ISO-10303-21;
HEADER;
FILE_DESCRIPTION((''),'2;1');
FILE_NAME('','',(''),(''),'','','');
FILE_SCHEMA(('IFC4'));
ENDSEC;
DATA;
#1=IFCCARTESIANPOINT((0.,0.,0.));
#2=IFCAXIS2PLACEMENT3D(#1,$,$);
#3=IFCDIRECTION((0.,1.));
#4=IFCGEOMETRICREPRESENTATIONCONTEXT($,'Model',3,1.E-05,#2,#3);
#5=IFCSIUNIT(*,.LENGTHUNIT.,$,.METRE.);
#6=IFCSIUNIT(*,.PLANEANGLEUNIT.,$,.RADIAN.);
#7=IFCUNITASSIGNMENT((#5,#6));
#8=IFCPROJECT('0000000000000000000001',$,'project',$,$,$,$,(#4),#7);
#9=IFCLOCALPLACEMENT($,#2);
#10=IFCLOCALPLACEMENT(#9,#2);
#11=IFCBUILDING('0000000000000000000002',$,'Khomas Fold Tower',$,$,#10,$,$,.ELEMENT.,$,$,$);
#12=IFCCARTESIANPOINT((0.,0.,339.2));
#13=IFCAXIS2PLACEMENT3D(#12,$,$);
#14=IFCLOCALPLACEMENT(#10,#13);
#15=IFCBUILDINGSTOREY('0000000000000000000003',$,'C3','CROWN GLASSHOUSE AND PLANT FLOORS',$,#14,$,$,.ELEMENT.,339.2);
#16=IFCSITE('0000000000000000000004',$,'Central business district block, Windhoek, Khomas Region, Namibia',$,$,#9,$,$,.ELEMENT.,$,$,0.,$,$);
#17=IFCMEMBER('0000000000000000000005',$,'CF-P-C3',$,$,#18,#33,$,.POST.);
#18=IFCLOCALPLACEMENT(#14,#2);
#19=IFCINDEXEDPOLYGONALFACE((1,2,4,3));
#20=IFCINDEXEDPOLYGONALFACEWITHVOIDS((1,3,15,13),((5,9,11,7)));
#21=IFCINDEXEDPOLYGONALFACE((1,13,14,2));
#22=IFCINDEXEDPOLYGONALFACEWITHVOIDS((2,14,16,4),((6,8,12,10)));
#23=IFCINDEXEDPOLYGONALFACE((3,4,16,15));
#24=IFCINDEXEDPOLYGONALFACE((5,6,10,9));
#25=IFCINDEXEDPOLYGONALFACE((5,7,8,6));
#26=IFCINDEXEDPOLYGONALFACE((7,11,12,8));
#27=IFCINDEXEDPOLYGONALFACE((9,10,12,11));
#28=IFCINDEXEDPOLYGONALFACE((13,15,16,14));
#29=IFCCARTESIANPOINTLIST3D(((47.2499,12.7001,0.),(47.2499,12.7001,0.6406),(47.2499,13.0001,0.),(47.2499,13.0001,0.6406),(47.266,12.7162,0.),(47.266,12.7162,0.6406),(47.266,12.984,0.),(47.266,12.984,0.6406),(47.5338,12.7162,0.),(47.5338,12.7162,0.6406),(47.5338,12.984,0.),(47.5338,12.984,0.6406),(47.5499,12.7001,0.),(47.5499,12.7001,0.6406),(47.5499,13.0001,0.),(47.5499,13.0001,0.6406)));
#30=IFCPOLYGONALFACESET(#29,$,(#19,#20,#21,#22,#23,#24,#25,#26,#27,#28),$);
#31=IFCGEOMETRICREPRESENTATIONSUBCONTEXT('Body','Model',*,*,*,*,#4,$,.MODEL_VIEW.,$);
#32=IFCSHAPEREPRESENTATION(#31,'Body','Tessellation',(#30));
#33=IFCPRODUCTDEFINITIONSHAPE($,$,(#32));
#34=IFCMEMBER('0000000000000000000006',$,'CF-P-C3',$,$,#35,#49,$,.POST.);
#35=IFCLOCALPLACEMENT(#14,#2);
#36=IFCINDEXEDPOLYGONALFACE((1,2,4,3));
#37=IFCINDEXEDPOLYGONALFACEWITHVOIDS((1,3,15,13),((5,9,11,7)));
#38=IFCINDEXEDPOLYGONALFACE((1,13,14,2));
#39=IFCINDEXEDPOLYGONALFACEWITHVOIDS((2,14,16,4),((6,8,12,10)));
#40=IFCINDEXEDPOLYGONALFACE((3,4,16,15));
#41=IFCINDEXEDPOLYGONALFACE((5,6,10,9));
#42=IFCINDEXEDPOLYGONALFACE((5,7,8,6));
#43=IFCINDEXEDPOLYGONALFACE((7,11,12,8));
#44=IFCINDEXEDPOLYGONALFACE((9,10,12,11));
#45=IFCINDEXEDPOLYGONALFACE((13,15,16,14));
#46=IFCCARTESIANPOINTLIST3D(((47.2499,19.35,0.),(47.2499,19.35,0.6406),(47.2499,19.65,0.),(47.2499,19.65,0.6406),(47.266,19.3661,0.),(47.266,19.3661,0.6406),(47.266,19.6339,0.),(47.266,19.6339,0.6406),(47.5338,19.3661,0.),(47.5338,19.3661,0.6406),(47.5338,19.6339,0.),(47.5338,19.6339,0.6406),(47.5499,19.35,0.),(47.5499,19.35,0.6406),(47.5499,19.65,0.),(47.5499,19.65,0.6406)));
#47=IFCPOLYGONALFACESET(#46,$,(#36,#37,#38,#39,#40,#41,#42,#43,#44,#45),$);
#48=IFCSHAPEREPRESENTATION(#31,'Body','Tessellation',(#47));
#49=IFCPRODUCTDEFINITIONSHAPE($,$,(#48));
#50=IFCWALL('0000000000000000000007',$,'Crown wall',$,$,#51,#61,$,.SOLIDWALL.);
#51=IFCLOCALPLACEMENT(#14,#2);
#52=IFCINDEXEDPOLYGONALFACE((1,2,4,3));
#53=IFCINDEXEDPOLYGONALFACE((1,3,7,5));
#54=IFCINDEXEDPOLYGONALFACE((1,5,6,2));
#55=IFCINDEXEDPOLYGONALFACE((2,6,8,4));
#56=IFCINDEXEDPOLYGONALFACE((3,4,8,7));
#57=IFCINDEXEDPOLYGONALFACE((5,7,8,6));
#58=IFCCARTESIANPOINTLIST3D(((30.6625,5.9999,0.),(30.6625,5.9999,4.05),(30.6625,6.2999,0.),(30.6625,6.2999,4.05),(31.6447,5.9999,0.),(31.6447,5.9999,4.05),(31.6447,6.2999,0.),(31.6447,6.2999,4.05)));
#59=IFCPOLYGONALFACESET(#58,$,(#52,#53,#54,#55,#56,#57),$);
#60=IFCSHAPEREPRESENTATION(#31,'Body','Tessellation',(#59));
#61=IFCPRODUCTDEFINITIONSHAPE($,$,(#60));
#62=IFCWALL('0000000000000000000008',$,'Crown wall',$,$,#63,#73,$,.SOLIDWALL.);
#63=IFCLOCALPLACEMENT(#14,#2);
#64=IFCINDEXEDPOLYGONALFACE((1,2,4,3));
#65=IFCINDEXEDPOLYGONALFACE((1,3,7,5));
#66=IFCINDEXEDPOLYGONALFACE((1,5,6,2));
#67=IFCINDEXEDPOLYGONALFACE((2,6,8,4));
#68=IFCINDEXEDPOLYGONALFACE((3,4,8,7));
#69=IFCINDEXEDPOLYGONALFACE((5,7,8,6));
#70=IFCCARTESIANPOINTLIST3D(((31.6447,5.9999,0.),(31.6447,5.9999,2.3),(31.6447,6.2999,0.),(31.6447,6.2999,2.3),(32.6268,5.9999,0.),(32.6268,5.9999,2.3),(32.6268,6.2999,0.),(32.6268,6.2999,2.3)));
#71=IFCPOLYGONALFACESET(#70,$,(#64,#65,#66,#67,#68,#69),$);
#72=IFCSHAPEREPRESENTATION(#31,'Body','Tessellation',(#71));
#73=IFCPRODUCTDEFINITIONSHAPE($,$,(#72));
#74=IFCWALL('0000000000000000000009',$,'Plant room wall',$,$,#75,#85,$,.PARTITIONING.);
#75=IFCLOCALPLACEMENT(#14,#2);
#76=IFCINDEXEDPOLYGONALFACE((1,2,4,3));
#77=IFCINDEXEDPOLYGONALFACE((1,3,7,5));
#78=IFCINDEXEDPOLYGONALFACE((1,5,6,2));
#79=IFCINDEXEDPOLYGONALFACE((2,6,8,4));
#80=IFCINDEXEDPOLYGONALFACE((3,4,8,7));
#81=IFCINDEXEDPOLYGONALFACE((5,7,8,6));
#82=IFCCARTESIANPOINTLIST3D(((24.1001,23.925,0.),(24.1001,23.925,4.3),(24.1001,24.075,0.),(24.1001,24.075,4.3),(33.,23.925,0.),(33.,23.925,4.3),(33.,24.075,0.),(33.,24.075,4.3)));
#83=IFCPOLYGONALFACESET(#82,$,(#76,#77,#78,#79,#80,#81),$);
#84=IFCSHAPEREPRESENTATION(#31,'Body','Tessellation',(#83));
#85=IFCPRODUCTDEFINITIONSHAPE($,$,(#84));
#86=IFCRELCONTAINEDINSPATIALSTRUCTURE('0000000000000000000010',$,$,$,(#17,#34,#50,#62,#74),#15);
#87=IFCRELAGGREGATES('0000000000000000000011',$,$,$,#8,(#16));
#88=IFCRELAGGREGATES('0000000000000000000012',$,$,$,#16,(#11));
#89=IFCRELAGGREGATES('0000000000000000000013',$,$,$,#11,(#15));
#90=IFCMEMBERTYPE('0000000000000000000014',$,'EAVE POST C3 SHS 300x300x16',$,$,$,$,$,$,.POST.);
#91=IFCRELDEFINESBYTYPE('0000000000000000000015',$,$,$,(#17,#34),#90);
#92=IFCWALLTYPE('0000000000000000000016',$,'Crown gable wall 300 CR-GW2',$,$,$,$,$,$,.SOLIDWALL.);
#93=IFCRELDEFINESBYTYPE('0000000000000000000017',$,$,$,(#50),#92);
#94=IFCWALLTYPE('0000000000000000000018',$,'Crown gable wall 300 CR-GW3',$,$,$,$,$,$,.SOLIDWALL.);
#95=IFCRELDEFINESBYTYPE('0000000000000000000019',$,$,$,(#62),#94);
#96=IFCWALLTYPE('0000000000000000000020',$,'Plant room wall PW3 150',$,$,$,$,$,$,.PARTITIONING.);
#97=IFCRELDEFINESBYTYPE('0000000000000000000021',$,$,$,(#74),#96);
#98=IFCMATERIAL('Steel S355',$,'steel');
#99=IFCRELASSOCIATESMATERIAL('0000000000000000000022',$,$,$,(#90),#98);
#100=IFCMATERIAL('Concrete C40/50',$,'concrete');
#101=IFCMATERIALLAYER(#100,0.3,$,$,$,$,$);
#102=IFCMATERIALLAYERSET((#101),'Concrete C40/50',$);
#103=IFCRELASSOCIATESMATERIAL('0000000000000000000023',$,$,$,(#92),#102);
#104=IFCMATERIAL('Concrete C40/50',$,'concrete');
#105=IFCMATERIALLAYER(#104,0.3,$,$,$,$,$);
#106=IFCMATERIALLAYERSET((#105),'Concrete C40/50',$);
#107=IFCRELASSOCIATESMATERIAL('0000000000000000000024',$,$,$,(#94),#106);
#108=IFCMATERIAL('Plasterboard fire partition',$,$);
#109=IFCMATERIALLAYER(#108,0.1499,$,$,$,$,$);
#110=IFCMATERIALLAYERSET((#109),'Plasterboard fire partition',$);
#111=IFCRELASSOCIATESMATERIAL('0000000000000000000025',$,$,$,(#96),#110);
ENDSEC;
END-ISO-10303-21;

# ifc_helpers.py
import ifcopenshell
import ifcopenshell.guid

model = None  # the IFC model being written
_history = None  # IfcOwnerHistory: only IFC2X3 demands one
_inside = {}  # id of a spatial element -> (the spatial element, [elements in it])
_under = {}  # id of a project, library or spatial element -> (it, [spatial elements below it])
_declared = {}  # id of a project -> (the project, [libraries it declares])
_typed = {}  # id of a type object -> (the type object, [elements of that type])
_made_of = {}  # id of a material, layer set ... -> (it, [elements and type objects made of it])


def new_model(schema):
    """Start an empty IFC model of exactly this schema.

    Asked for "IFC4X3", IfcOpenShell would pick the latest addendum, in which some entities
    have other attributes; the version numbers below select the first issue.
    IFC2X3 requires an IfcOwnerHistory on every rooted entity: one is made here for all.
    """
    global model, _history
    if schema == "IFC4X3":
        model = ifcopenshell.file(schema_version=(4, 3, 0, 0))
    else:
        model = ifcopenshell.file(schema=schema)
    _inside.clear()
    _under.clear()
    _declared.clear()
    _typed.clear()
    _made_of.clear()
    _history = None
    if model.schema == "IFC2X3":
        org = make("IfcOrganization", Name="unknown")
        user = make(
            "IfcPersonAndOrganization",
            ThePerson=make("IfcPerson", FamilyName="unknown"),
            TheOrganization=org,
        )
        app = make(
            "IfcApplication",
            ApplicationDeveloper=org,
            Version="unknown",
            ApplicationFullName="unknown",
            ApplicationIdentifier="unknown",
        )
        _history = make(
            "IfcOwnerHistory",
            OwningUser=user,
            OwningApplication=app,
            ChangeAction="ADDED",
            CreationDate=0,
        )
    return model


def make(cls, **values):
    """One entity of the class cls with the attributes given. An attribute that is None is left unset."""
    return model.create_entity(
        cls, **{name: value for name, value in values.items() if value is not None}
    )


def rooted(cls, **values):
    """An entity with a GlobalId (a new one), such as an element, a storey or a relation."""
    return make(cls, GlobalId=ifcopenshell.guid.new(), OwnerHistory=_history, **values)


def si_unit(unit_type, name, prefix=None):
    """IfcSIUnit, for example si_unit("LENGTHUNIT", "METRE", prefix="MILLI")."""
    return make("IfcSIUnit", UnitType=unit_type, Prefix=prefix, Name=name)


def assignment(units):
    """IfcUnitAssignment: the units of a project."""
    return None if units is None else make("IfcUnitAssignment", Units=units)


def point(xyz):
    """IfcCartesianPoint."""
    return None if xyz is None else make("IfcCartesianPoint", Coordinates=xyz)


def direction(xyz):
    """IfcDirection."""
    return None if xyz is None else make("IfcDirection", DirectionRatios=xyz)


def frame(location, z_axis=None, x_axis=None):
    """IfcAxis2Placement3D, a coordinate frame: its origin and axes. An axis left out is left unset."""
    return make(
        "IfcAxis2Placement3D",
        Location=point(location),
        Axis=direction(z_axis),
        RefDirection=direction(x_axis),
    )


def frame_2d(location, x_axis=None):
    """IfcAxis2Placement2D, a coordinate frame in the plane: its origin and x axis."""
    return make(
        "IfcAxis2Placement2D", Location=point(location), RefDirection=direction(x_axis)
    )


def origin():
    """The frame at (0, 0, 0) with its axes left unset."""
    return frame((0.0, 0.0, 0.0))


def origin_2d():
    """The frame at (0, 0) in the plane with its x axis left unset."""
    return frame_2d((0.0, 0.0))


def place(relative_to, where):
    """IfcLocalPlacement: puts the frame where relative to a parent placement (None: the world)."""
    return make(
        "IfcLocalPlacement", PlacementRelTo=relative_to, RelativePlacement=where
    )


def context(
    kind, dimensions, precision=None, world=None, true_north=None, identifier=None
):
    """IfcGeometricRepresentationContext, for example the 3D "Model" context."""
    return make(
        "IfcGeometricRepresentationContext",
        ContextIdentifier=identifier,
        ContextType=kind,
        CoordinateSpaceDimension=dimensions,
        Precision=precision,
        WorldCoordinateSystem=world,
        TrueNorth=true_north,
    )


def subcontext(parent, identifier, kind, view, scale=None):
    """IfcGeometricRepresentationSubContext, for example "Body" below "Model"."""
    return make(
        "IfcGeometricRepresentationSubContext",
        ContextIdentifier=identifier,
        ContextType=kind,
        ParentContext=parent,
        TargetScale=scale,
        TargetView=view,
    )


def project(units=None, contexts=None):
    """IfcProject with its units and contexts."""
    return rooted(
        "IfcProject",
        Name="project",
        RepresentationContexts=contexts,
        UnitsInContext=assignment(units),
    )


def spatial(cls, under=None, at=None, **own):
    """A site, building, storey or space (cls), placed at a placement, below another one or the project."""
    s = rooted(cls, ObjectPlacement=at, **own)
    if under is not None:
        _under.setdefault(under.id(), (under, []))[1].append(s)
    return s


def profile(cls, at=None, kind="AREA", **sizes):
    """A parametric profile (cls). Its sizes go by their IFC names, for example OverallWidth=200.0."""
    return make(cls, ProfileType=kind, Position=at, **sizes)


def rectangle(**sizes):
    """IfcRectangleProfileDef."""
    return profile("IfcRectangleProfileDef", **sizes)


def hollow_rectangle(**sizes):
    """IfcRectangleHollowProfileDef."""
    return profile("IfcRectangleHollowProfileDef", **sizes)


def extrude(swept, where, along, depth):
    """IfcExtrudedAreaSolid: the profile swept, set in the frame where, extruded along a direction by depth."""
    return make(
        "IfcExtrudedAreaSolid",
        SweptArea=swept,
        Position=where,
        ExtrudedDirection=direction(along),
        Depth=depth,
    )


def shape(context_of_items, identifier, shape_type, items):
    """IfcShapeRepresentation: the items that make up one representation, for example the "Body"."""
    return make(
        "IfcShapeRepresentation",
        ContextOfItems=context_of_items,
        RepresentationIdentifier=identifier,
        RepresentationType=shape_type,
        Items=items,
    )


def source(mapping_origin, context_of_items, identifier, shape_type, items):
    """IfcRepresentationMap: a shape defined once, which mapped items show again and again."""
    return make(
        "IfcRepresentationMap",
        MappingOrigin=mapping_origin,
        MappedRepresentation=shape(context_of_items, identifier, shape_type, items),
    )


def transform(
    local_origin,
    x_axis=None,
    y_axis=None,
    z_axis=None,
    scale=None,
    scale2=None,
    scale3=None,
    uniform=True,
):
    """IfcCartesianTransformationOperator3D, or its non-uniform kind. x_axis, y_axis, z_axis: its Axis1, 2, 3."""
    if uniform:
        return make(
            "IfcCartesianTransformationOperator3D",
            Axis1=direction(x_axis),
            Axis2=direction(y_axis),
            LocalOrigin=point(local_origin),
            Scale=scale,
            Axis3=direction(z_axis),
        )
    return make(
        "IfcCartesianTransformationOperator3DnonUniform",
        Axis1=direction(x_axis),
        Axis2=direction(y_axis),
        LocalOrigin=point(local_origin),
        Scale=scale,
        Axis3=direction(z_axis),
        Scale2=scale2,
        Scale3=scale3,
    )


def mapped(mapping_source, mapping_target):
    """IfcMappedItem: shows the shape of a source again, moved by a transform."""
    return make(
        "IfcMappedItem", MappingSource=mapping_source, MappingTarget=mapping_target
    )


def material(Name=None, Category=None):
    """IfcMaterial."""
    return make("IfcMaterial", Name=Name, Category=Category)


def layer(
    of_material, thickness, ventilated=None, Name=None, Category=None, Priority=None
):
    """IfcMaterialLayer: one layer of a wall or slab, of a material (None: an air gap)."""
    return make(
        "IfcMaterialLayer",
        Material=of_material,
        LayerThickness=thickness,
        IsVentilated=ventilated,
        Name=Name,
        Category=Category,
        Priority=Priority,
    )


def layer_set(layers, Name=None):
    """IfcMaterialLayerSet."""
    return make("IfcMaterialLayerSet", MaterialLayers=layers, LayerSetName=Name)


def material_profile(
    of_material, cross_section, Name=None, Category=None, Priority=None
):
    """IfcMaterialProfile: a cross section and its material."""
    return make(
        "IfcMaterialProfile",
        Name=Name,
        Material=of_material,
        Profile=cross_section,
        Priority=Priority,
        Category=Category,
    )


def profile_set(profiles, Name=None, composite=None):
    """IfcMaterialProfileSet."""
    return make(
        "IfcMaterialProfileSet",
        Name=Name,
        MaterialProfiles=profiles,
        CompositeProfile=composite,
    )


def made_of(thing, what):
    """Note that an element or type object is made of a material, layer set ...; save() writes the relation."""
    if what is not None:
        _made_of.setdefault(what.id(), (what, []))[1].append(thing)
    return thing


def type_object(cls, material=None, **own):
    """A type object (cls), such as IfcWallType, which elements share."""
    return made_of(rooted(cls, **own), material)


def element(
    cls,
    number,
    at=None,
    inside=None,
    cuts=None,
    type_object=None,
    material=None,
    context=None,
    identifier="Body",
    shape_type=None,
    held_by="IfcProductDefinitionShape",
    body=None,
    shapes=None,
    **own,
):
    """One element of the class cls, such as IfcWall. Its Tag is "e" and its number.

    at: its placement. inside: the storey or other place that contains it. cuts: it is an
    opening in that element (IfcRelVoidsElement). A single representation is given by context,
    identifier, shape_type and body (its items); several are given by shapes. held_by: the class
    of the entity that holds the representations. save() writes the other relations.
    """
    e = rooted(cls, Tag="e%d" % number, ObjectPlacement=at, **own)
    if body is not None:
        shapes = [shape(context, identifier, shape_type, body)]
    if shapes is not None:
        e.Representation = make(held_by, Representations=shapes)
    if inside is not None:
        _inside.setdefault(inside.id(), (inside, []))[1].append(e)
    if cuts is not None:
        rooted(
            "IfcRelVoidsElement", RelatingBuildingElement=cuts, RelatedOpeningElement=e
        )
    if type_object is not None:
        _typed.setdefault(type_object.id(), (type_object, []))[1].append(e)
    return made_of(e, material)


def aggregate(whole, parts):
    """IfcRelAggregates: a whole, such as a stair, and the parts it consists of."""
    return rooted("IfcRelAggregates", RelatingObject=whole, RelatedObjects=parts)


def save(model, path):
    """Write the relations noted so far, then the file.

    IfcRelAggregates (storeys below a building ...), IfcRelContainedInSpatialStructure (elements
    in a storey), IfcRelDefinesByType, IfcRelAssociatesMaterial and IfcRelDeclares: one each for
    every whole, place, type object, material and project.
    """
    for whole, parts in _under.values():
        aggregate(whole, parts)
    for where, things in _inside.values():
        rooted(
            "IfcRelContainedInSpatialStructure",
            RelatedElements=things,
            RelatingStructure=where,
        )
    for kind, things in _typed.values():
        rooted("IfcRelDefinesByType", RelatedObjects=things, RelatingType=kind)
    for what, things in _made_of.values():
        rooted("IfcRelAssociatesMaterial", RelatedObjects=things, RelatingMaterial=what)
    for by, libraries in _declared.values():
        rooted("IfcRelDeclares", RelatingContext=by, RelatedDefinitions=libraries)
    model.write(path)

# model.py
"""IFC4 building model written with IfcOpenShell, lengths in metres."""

from ifc_helpers import new_model, si_unit, direction, frame, frame_2d, origin, origin_2d, place, context, subcontext, project, spatial, rectangle, hollow_rectangle, extrude, source, transform, mapped, material, layer, layer_set, material_profile, profile_set, type_object, element, save


model = new_model("IFC4")

# Units and contexts
model_context = context("Model", 3, precision=1e-05, world=origin(), true_north=direction((0.0, 1.0)))
body_context = subcontext(model_context, "Body", "Model", "MODEL_VIEW")
ifc_project = project(units=[si_unit("LENGTHUNIT", "METRE"), si_unit("PLANEANGLEUNIT", "RADIAN")], contexts=[model_context])

# Site, building, storey
site_placement = place(None, origin())
site = spatial("IfcSite", under=ifc_project, at=site_placement, Name="Central business district block, Windhoek, Khomas Region, Namibia", CompositionType="ELEMENT", RefElevation=0.0)
building_placement = place(site_placement, origin())
building = spatial("IfcBuilding", under=site, at=building_placement, Name="Khomas Fold Tower", CompositionType="ELEMENT")
storey_placement = place(building_placement, frame((0.0, 0.0, 339.2)))
storey = spatial("IfcBuildingStorey", under=building, at=storey_placement, Name="C3", Description="CROWN GLASSHOUSE AND PLANT FLOORS", CompositionType="ELEMENT", Elevation=339.2)

# Members
ifc_material_1 = material(Name="Steel S355", Category="steel")
ifc_material_profile_1 = material_profile(ifc_material_1, hollow_rectangle(XDim=0.3, YDim=0.3, WallThickness=0.0161, at=origin_2d()), Name="SHS 300x300x16")
ifc_profile_set_1 = profile_set([ifc_material_profile_1], Name="Steel S355")
member_type_1 = type_object("IfcMemberType", Name="EAVE POST C3 SHS 300x300x16", PredefinedType="POST", material=ifc_profile_set_1)
shared_shape_1 = source(origin(), body_context, "Body", "SweptSolid", [
    extrude(hollow_rectangle(XDim=0.3, YDim=0.3, WallThickness=0.0161, at=origin_2d()), origin(), (0.0, 0.0, 1.0), 0.6406),
])
for number, where, z_axis, x_axis, name in (
    (1, (47.3999, 12.8501, 0.0), (0.0, 0.0, 1.0), (1.0, 0.0, 0.0), "CF-P-C3"),
    (2, (47.3999, 19.5, 0.0), (0.0, 0.0, 1.0), (1.0, 0.0, 0.0), "CF-P-C3"),
):
    element("IfcMember", number, at=place(storey_placement, frame(where, z_axis=z_axis, x_axis=x_axis)), inside=storey, type_object=member_type_1, Name=name, PredefinedType="POST", context=body_context, shape_type="MappedRepresentation", body=[
        mapped(shared_shape_1, transform((0.0, 0.0, 0.0))),
    ])

# Walls
ifc_material_2 = material(Name="Concrete C40/50", Category="concrete")
ifc_layer_1 = layer(ifc_material_2, 0.3)
ifc_layer_set_1 = layer_set([ifc_layer_1], Name="Concrete C40/50")
wall_type_1 = type_object("IfcWallType", Name="Crown gable wall 300 CR-GW2", PredefinedType="SOLIDWALL", material=ifc_layer_set_1)
shared_shape_2 = source(origin(), body_context, "Body", "SweptSolid", [
    extrude(rectangle(XDim=0.9822, YDim=0.3, at=frame_2d((0.4912, 0.0))), origin(), (0.0, 0.0, 1.0), 4.05),
])
wall_1_placement = place(storey_placement, frame((30.6624, 6.1499, 0.0), z_axis=(0.0, 0.0, 1.0), x_axis=(1.0, 0.0, 0.0)))
element("IfcWall", 3, at=wall_1_placement, inside=storey, type_object=wall_type_1, Name="Crown wall", PredefinedType="SOLIDWALL", context=body_context, shape_type="MappedRepresentation", body=[
    mapped(shared_shape_2, transform((0.0, 0.0, 0.0))),
])
ifc_material_3 = material(Name="Concrete C40/50", Category="concrete")
ifc_layer_2 = layer(ifc_material_3, 0.3)
ifc_layer_set_2 = layer_set([ifc_layer_2], Name="Concrete C40/50")
wall_type_2 = type_object("IfcWallType", Name="Crown gable wall 300 CR-GW3", PredefinedType="SOLIDWALL", material=ifc_layer_set_2)
shared_shape_3 = source(origin(), body_context, "Body", "SweptSolid", [
    extrude(rectangle(XDim=0.9822, YDim=0.3, at=frame_2d((0.4912, 0.0))), origin(), (0.0, 0.0, 1.0), 2.3),
])
wall_2_placement = place(storey_placement, frame((31.6445, 6.1499, 0.0), z_axis=(0.0, 0.0, 1.0), x_axis=(1.0, 0.0, 0.0)))
element("IfcWall", 4, at=wall_2_placement, inside=storey, type_object=wall_type_2, Name="Crown wall", PredefinedType="SOLIDWALL", context=body_context, shape_type="MappedRepresentation", body=[
    mapped(shared_shape_3, transform((0.0, 0.0, 0.0))),
])
ifc_material_4 = material(Name="Plasterboard fire partition")
ifc_layer_3 = layer(ifc_material_4, 0.1499)
ifc_layer_set_3 = layer_set([ifc_layer_3], Name="Plasterboard fire partition")
wall_type_3 = type_object("IfcWallType", Name="Plant room wall PW3 150", PredefinedType="PARTITIONING", material=ifc_layer_set_3)
shared_shape_4 = source(origin(), body_context, "Body", "SweptSolid", [
    extrude(rectangle(XDim=8.8999, YDim=0.1499, at=frame_2d((4.45, 0.0))), origin(), (0.0, 0.0, 1.0), 4.3),
])
wall_3_placement = place(storey_placement, frame((24.1001, 24.0, 0.0), z_axis=(0.0, 0.0, 1.0), x_axis=(1.0, 0.0, 0.0)))
element("IfcWall", 5, at=wall_3_placement, inside=storey, type_object=wall_type_3, Name="Plant room wall", PredefinedType="PARTITIONING", context=body_context, shape_type="MappedRepresentation", body=[
    mapped(shared_shape_4, transform((0.0, 0.0, 0.0))),
])

save(model, "model.ifc")
